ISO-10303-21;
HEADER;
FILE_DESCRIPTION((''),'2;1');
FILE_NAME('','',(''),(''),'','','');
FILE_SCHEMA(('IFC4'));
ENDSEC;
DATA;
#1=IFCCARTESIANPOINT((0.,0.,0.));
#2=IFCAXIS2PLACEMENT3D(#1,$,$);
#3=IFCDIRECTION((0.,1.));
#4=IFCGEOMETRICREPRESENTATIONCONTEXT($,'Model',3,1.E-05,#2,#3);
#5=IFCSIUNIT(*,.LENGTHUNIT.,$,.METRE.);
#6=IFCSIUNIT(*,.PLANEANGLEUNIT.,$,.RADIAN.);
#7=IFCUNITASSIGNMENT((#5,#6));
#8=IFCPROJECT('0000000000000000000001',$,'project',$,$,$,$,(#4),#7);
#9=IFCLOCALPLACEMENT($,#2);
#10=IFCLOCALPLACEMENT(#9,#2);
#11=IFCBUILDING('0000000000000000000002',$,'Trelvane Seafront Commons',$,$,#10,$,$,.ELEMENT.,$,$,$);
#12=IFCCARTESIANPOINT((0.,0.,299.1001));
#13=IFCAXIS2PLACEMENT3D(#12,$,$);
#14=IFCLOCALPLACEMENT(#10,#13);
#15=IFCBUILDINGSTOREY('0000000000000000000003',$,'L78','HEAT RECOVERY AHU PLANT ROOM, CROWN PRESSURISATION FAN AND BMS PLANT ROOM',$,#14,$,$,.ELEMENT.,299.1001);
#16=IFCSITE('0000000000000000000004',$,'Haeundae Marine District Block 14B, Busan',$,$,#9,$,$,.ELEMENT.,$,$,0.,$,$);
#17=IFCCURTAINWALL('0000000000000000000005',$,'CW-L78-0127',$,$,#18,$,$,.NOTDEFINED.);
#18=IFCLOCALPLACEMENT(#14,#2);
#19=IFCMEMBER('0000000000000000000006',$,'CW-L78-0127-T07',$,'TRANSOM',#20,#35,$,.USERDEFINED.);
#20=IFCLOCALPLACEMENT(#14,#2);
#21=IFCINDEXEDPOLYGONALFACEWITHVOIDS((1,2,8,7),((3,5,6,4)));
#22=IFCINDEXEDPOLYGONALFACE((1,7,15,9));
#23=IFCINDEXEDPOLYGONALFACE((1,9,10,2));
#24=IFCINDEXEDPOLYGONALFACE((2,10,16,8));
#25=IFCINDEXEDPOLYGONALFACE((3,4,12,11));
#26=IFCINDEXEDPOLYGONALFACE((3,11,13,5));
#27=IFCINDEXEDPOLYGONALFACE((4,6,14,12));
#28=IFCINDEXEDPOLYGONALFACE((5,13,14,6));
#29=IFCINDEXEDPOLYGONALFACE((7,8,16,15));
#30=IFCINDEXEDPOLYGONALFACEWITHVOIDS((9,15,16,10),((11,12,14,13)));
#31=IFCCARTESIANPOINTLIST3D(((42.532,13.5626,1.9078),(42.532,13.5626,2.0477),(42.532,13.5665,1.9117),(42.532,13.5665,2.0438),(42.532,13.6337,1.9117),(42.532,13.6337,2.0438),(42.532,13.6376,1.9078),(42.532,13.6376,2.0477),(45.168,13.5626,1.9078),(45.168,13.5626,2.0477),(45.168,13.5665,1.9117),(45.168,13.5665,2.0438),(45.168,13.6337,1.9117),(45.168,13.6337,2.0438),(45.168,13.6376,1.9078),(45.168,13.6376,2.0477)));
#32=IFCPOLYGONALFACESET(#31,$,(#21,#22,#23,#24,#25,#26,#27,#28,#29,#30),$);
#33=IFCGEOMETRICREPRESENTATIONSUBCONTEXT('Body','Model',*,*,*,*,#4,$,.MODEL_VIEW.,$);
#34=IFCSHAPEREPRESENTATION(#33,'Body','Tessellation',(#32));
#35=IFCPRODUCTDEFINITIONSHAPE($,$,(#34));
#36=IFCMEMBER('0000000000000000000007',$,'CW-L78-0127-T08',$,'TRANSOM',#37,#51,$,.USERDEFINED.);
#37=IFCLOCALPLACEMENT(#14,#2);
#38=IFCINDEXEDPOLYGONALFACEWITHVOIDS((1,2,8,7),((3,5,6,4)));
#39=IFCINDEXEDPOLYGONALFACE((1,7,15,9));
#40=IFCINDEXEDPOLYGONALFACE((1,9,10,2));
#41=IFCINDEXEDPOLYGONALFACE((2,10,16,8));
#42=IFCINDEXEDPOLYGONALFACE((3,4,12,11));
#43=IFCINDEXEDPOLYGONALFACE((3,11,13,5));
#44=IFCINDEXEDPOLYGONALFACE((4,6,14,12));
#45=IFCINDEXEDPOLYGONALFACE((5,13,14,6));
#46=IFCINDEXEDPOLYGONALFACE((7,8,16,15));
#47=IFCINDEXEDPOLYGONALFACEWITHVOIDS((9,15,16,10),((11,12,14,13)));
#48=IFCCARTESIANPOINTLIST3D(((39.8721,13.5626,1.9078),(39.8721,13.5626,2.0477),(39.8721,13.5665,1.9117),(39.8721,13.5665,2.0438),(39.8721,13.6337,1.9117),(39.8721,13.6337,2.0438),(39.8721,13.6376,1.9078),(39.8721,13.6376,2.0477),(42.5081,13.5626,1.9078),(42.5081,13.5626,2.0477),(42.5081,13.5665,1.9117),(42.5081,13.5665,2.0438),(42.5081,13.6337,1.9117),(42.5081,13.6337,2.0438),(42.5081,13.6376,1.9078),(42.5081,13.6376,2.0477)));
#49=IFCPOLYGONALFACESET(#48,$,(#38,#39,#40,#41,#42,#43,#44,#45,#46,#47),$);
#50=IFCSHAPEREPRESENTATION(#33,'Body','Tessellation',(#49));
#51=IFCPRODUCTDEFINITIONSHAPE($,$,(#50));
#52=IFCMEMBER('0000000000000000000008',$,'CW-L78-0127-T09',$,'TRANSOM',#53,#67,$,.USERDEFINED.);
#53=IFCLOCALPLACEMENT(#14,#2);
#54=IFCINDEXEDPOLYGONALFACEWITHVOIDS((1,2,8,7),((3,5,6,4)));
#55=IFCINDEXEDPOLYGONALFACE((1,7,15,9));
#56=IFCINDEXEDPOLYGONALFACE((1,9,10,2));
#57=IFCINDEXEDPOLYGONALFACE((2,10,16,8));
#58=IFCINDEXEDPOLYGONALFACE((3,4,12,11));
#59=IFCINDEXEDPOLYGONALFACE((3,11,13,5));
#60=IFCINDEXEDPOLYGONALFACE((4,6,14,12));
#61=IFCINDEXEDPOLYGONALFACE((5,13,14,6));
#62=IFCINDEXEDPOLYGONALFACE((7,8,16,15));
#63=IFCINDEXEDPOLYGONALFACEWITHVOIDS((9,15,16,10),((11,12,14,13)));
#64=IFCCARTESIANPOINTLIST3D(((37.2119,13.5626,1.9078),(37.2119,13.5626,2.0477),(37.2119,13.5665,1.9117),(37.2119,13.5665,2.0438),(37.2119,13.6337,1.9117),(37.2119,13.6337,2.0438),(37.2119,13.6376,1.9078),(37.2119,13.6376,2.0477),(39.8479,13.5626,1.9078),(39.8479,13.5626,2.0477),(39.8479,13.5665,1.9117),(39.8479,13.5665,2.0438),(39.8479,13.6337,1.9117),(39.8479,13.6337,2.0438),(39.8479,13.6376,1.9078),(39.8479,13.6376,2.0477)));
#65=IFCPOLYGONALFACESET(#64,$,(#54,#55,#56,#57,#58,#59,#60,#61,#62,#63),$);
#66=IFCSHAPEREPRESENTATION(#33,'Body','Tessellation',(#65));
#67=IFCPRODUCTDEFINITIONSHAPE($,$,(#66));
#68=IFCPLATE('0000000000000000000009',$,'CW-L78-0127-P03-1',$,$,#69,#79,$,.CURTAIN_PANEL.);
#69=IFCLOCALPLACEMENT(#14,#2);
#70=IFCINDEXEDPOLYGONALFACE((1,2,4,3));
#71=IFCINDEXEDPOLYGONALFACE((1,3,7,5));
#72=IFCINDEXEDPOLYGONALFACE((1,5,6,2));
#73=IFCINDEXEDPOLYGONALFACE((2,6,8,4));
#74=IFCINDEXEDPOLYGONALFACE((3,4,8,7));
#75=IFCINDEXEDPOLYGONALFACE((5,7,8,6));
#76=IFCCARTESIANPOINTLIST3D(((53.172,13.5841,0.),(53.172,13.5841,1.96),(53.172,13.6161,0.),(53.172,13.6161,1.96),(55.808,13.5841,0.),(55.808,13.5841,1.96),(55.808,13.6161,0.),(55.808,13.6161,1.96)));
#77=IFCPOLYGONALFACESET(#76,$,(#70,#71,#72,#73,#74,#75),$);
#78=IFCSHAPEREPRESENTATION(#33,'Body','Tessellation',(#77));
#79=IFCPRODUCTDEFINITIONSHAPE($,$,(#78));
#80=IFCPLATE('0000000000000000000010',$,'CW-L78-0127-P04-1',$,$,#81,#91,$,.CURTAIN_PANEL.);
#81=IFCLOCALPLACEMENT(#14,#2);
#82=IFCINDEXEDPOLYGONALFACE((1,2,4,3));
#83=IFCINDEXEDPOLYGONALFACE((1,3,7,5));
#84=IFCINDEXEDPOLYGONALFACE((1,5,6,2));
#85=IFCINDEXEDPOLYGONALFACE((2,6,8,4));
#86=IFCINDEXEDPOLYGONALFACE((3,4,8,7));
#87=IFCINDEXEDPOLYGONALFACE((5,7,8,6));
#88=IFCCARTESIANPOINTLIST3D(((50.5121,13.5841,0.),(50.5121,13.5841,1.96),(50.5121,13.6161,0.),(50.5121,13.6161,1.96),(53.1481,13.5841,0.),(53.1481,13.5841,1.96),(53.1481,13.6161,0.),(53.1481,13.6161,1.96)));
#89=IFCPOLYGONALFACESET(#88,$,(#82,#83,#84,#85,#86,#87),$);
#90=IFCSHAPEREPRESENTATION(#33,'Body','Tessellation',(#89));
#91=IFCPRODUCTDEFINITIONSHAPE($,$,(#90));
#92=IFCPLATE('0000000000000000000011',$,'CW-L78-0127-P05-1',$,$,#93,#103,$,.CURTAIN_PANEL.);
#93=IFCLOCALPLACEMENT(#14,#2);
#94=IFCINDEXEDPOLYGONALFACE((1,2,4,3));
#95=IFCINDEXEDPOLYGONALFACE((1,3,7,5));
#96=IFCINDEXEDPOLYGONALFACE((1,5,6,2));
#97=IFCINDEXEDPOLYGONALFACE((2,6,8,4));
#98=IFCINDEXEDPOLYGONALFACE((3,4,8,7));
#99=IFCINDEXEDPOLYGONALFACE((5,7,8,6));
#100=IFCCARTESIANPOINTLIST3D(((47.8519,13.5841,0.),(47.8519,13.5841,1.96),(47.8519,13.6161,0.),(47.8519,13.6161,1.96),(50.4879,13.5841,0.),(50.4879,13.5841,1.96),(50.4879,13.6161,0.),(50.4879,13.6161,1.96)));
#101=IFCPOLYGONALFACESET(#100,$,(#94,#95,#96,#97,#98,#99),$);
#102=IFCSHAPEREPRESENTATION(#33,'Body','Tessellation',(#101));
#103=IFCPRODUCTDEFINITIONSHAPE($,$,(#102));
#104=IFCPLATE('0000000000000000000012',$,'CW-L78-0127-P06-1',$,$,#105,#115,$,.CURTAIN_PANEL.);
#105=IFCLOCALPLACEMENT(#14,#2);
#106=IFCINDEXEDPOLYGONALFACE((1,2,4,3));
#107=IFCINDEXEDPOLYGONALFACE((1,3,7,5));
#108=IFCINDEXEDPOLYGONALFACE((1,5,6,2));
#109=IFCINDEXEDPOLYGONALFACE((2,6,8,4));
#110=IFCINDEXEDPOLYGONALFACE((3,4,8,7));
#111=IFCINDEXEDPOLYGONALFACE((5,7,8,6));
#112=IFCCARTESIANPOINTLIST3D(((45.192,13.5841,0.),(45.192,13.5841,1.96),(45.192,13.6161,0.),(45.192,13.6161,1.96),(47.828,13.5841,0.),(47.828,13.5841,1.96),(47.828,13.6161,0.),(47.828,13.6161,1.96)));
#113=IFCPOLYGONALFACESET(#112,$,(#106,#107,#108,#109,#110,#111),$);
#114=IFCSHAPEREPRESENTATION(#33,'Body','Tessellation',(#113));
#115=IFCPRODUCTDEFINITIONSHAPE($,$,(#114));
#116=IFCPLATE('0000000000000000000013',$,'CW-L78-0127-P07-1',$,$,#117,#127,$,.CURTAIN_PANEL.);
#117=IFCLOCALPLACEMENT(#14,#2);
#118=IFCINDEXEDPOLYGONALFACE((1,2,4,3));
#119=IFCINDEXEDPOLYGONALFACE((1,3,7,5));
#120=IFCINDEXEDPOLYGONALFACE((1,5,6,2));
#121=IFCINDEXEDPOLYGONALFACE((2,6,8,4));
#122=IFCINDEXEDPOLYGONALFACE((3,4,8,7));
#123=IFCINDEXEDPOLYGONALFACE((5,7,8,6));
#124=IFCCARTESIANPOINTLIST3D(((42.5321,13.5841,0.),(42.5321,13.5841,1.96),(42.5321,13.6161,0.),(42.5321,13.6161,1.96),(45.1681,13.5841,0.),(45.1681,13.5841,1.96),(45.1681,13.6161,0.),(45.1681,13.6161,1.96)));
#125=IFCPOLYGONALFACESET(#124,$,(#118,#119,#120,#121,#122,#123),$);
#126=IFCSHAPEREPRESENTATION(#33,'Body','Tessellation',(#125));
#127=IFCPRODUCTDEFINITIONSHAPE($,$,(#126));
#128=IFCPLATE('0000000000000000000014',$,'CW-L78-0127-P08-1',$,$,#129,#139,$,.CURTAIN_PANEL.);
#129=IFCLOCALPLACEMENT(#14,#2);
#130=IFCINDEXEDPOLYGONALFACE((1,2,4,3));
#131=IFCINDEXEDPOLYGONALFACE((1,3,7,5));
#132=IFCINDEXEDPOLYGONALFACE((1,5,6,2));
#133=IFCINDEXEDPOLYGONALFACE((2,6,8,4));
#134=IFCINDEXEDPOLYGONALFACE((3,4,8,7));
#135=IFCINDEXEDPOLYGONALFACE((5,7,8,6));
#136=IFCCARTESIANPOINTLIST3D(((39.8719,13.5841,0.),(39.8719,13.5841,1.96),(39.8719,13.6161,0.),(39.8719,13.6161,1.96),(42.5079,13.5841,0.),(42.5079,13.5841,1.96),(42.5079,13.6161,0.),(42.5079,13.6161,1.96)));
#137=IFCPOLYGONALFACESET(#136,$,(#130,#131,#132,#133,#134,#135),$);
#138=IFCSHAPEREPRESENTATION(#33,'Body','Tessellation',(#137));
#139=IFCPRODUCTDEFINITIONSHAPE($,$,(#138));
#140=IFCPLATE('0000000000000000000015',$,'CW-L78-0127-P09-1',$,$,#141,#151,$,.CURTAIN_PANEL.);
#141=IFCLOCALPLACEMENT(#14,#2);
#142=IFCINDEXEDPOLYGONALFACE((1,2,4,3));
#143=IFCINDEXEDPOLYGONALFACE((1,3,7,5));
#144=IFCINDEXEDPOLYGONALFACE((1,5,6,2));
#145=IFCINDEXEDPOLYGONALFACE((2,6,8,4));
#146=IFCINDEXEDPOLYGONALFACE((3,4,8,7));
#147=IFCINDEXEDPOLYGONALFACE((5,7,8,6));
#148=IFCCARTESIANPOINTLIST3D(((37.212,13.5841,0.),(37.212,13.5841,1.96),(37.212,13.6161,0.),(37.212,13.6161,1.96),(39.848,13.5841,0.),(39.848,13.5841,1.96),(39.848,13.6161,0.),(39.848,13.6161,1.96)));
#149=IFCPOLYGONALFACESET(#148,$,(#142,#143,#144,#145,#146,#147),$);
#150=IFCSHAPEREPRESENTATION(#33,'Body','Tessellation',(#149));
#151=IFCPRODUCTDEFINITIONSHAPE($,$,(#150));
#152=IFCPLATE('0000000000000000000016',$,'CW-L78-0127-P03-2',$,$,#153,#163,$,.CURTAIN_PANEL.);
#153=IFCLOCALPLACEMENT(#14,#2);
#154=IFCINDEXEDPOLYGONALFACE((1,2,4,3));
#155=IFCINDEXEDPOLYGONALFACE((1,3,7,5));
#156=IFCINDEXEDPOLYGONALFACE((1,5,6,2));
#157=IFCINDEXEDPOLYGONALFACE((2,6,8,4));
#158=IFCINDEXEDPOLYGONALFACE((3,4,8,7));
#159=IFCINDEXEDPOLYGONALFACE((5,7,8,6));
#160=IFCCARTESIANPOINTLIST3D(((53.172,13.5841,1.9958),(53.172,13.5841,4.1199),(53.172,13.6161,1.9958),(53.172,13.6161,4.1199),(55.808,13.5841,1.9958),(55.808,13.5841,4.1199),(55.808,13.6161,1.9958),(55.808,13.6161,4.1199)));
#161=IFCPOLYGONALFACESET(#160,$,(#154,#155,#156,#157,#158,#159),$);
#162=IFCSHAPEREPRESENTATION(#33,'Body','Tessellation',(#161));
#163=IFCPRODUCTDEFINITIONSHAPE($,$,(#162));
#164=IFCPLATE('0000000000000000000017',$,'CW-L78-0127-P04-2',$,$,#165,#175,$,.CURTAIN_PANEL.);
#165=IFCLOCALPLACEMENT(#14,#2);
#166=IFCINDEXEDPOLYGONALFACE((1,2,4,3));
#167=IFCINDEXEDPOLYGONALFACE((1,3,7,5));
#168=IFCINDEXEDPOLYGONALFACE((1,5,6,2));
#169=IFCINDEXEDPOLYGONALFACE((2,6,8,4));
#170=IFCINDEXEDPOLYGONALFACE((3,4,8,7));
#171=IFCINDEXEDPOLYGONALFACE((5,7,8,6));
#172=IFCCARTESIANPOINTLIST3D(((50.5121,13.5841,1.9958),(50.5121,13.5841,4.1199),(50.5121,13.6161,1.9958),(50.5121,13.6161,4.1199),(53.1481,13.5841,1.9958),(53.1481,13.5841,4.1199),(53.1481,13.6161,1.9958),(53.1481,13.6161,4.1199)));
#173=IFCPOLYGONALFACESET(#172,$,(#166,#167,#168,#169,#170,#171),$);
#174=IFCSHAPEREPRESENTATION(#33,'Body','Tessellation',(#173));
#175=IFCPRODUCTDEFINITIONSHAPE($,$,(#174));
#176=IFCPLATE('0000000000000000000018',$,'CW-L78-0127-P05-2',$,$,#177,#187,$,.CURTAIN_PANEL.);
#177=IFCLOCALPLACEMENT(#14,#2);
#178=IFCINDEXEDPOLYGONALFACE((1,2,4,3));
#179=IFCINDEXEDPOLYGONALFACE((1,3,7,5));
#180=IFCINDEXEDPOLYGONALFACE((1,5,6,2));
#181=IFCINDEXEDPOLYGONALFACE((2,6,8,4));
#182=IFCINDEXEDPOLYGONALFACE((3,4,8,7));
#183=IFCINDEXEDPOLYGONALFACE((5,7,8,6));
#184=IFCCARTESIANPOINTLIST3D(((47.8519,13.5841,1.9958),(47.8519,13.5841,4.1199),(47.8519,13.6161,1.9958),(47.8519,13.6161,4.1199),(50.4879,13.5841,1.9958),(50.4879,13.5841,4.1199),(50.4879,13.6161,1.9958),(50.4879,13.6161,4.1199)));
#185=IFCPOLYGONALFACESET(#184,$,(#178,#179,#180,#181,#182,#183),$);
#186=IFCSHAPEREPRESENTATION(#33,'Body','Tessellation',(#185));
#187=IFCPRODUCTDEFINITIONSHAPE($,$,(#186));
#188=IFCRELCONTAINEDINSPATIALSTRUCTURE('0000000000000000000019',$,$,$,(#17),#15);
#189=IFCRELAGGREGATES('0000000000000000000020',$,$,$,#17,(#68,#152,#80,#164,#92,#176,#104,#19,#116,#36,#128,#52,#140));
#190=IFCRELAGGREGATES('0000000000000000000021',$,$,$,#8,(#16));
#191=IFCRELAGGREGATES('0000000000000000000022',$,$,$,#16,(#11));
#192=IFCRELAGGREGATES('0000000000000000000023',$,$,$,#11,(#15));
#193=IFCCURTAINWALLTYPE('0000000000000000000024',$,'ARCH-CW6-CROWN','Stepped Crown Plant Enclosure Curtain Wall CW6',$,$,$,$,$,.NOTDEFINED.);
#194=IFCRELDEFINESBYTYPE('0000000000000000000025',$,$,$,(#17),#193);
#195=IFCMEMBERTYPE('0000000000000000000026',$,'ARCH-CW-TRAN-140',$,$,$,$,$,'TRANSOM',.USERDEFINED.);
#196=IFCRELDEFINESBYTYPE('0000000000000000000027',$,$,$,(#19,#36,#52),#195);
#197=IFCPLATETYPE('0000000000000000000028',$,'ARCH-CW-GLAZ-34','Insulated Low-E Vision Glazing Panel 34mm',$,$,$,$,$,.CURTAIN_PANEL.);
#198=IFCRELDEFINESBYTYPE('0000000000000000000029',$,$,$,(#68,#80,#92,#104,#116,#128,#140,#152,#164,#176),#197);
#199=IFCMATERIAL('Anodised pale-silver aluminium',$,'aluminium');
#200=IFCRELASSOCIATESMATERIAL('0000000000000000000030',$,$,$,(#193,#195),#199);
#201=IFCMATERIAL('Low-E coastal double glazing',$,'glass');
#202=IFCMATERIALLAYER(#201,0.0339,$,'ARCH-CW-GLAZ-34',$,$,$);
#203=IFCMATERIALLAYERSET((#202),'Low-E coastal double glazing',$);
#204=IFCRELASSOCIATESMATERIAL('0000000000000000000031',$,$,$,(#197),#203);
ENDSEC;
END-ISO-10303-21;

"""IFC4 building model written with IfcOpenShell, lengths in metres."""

from ifc_helpers import new_model, si_unit, direction, frame, origin, origin_2d, place, context, subcontext, project, spatial, rectangle, hollow_rectangle, extrude, source, transform, mapped, material, layer, layer_set, material_profile, profile_set, type_object, element, aggregate, save


model = new_model("IFC4")

# Units and contexts
model_context = context("Model", 3, precision=1e-05, world=origin(), true_north=direction((0.0, 1.0)))
body_context = subcontext(model_context, "Body", "Model", "MODEL_VIEW")
ifc_project = project(units=[si_unit("LENGTHUNIT", "METRE"), si_unit("PLANEANGLEUNIT", "RADIAN")], contexts=[model_context])

# Site, building, storey
site_placement = place(None, origin())
site = spatial("IfcSite", under=ifc_project, at=site_placement, Name="Haeundae Marine District Block 14B, Busan", CompositionType="ELEMENT", RefElevation=0.0)
building_placement = place(site_placement, origin())
building = spatial("IfcBuilding", under=site, at=building_placement, Name="Trelvane Seafront Commons", CompositionType="ELEMENT")
storey_placement = place(building_placement, frame((0.0, 0.0, 299.1001)))
storey = spatial("IfcBuildingStorey", under=building, at=storey_placement, Name="L78", Description="HEAT RECOVERY AHU PLANT ROOM, CROWN PRESSURISATION FAN AND BMS PLANT ROOM", CompositionType="ELEMENT", Elevation=299.1001)

# Curtain wall, members, plates
ifc_material_1 = material(Name="Anodised pale-silver aluminium", Category="aluminium")
curtain_wall_type = type_object("IfcCurtainWallType", Name="ARCH-CW6-CROWN", Description="Stepped Crown Plant Enclosure Curtain Wall CW6", PredefinedType="NOTDEFINED", material=ifc_material_1)
curtain_wall_placement = place(storey_placement, origin())
curtain_wall = element("IfcCurtainWall", 1, at=curtain_wall_placement, inside=storey, type_object=curtain_wall_type, Name="CW-L78-0127", PredefinedType="NOTDEFINED")
ifc_material_profile_1 = material_profile(ifc_material_1, hollow_rectangle(XDim=0.075, YDim=0.1399, WallThickness=0.0039, at=origin_2d()), Name="TRAN-75x140x4")
ifc_profile_set_1 = profile_set([ifc_material_profile_1], Name="Anodised pale-silver aluminium")
member_type_1 = type_object("IfcMemberType", Name="ARCH-CW-TRAN-140", ElementType="TRANSOM", PredefinedType="USERDEFINED", material=ifc_profile_set_1)
shared_shape_1 = source(origin(), body_context, "Body", "SweptSolid", [
    extrude(hollow_rectangle(XDim=0.075, YDim=0.1399, WallThickness=0.0039, at=origin_2d()), origin(), (0.0, 0.0, 1.0), 2.636),
])
member_1_placement = place(storey_placement, frame((45.168, 13.6001, 1.9778), z_axis=(-1.0, 0.0, 0.0), x_axis=(0.0, -1.0, 0.0)))
member_1 = element("IfcMember", 2, at=member_1_placement, type_object=member_type_1, Name="CW-L78-0127-T07", ObjectType="TRANSOM", PredefinedType="USERDEFINED", context=body_context, shape_type="MappedRepresentation", body=[
    mapped(shared_shape_1, transform((0.0, 0.0, 0.0), x_axis=(1.0, 0.0, 0.0), y_axis=(0.0, 1.0, 0.0), z_axis=(0.0, 0.0, 1.0), scale=1.0)),
])
member_2_placement = place(storey_placement, frame((42.5081, 13.6001, 1.9778), z_axis=(-1.0, 0.0, 0.0), x_axis=(0.0, -1.0, 0.0)))
member_2 = element("IfcMember", 3, at=member_2_placement, type_object=member_type_1, Name="CW-L78-0127-T08", ObjectType="TRANSOM", PredefinedType="USERDEFINED", context=body_context, shape_type="MappedRepresentation", body=[
    mapped(shared_shape_1, transform((0.0, 0.0, 0.0), x_axis=(1.0, 0.0, 0.0), y_axis=(0.0, 1.0, 0.0), z_axis=(0.0, 0.0, 1.0), scale=1.0)),
])
member_3_placement = place(storey_placement, frame((39.8479, 13.6001, 1.9778), z_axis=(-1.0, 0.0, 0.0), x_axis=(0.0, -1.0, 0.0)))
member_3 = element("IfcMember", 4, at=member_3_placement, type_object=member_type_1, Name="CW-L78-0127-T09", ObjectType="TRANSOM", PredefinedType="USERDEFINED", context=body_context, shape_type="MappedRepresentation", body=[
    mapped(shared_shape_1, transform((0.0, 0.0, 0.0), x_axis=(1.0, 0.0, 0.0), y_axis=(0.0, 1.0, 0.0), z_axis=(0.0, 0.0, 1.0), scale=1.0)),
])
ifc_material_2 = material(Name="Low-E coastal double glazing", Category="glass")
ifc_layer_1 = layer(ifc_material_2, 0.0339, Name="ARCH-CW-GLAZ-34")
ifc_layer_set_1 = layer_set([ifc_layer_1], Name="Low-E coastal double glazing")
plate_type_1 = type_object("IfcPlateType", Name="ARCH-CW-GLAZ-34", Description="Insulated Low-E Vision Glazing Panel 34mm", PredefinedType="CURTAIN_PANEL", material=ifc_layer_set_1)
shared_shape_2 = source(origin(), body_context, "Body", "SweptSolid", [
    extrude(rectangle(XDim=2.636, YDim=0.032, at=origin_2d()), origin(), (0.0, 0.0, 1.0), 1.96),
])
plate_1_placement = place(storey_placement, frame((54.49, 13.6001, 0.0), z_axis=(0.0, 0.0, 1.0), x_axis=(-1.0, 0.0, 0.0)))
plate_1 = element("IfcPlate", 5, at=plate_1_placement, type_object=plate_type_1, Name="CW-L78-0127-P03-1", PredefinedType="CURTAIN_PANEL", context=body_context, shape_type="MappedRepresentation", body=[
    mapped(shared_shape_2, transform((0.0, 0.0, 0.0), x_axis=(1.0, 0.0, 0.0), y_axis=(0.0, 1.0, 0.0), z_axis=(0.0, 0.0, 1.0), scale=1.0)),
])
plate_2_placement = place(storey_placement, frame((51.8301, 13.6001, 0.0), z_axis=(0.0, 0.0, 1.0), x_axis=(-1.0, 0.0, 0.0)))
plate_2 = element("IfcPlate", 6, at=plate_2_placement, type_object=plate_type_1, Name="CW-L78-0127-P04-1", PredefinedType="CURTAIN_PANEL", context=body_context, shape_type="MappedRepresentation", body=[
    mapped(shared_shape_2, transform((0.0, 0.0, 0.0), x_axis=(1.0, 0.0, 0.0), y_axis=(0.0, 1.0, 0.0), z_axis=(0.0, 0.0, 1.0), scale=1.0)),
])
plate_3_placement = place(storey_placement, frame((49.1699, 13.6001, 0.0), z_axis=(0.0, 0.0, 1.0), x_axis=(-1.0, 0.0, 0.0)))
plate_3 = element("IfcPlate", 7, at=plate_3_placement, type_object=plate_type_1, Name="CW-L78-0127-P05-1", PredefinedType="CURTAIN_PANEL", context=body_context, shape_type="MappedRepresentation", body=[
    mapped(shared_shape_2, transform((0.0, 0.0, 0.0), x_axis=(1.0, 0.0, 0.0), y_axis=(0.0, 1.0, 0.0), z_axis=(0.0, 0.0, 1.0), scale=1.0)),
])
plate_4_placement = place(storey_placement, frame((46.51, 13.6001, 0.0), z_axis=(0.0, 0.0, 1.0), x_axis=(-1.0, 0.0, 0.0)))
plate_4 = element("IfcPlate", 8, at=plate_4_placement, type_object=plate_type_1, Name="CW-L78-0127-P06-1", PredefinedType="CURTAIN_PANEL", context=body_context, shape_type="MappedRepresentation", body=[
    mapped(shared_shape_2, transform((0.0, 0.0, 0.0), x_axis=(1.0, 0.0, 0.0), y_axis=(0.0, 1.0, 0.0), z_axis=(0.0, 0.0, 1.0), scale=1.0)),
])
plate_5_placement = place(storey_placement, frame((43.8501, 13.6001, 0.0), z_axis=(0.0, 0.0, 1.0), x_axis=(-1.0, 0.0, 0.0)))
plate_5 = element("IfcPlate", 9, at=plate_5_placement, type_object=plate_type_1, Name="CW-L78-0127-P07-1", PredefinedType="CURTAIN_PANEL", context=body_context, shape_type="MappedRepresentation", body=[
    mapped(shared_shape_2, transform((0.0, 0.0, 0.0), x_axis=(1.0, 0.0, 0.0), y_axis=(0.0, 1.0, 0.0), z_axis=(0.0, 0.0, 1.0), scale=1.0)),
])
plate_6_placement = place(storey_placement, frame((41.1899, 13.6001, 0.0), z_axis=(0.0, 0.0, 1.0), x_axis=(-1.0, 0.0, 0.0)))
plate_6 = element("IfcPlate", 10, at=plate_6_placement, type_object=plate_type_1, Name="CW-L78-0127-P08-1", PredefinedType="CURTAIN_PANEL", context=body_context, shape_type="MappedRepresentation", body=[
    mapped(shared_shape_2, transform((0.0, 0.0, 0.0), x_axis=(1.0, 0.0, 0.0), y_axis=(0.0, 1.0, 0.0), z_axis=(0.0, 0.0, 1.0), scale=1.0)),
])
plate_7_placement = place(storey_placement, frame((38.53, 13.6001, 0.0), z_axis=(0.0, 0.0, 1.0), x_axis=(-1.0, 0.0, 0.0)))
plate_7 = element("IfcPlate", 11, at=plate_7_placement, type_object=plate_type_1, Name="CW-L78-0127-P09-1", PredefinedType="CURTAIN_PANEL", context=body_context, shape_type="MappedRepresentation", body=[
    mapped(shared_shape_2, transform((0.0, 0.0, 0.0), x_axis=(1.0, 0.0, 0.0), y_axis=(0.0, 1.0, 0.0), z_axis=(0.0, 0.0, 1.0), scale=1.0)),
])
shared_shape_3 = source(origin(), body_context, "Body", "SweptSolid", [
    extrude(rectangle(XDim=2.636, YDim=0.032, at=origin_2d()), origin(), (0.0, 0.0, 1.0), 2.124),
])
plate_8_placement = place(storey_placement, frame((54.49, 13.6001, 1.9958), z_axis=(0.0, 0.0, 1.0), x_axis=(-1.0, 0.0, 0.0)))
plate_8 = element("IfcPlate", 12, at=plate_8_placement, type_object=plate_type_1, Name="CW-L78-0127-P03-2", PredefinedType="CURTAIN_PANEL", context=body_context, shape_type="MappedRepresentation", body=[
    mapped(shared_shape_3, transform((0.0, 0.0, 0.0), x_axis=(1.0, 0.0, 0.0), y_axis=(0.0, 1.0, 0.0), z_axis=(0.0, 0.0, 1.0), scale=1.0)),
])
plate_9_placement = place(storey_placement, frame((51.8301, 13.6001, 1.9958), z_axis=(0.0, 0.0, 1.0), x_axis=(-1.0, 0.0, 0.0)))
plate_9 = element("IfcPlate", 13, at=plate_9_placement, type_object=plate_type_1, Name="CW-L78-0127-P04-2", PredefinedType="CURTAIN_PANEL", context=body_context, shape_type="MappedRepresentation", body=[
    mapped(shared_shape_3, transform((0.0, 0.0, 0.0), x_axis=(1.0, 0.0, 0.0), y_axis=(0.0, 1.0, 0.0), z_axis=(0.0, 0.0, 1.0), scale=1.0)),
])
plate_10_placement = place(storey_placement, frame((49.1699, 13.6001, 1.9958), z_axis=(0.0, 0.0, 1.0), x_axis=(-1.0, 0.0, 0.0)))
plate_10 = element("IfcPlate", 14, at=plate_10_placement, type_object=plate_type_1, Name="CW-L78-0127-P05-2", PredefinedType="CURTAIN_PANEL", context=body_context, shape_type="MappedRepresentation", body=[
    mapped(shared_shape_3, transform((0.0, 0.0, 0.0), x_axis=(1.0, 0.0, 0.0), y_axis=(0.0, 1.0, 0.0), z_axis=(0.0, 0.0, 1.0), scale=1.0)),
])
aggregate(curtain_wall, [plate_1, plate_8, plate_2, plate_9, plate_3, plate_10, plate_4, member_1, plate_5, member_2, plate_6, member_3, plate_7])

save(model, "model.ifc")
